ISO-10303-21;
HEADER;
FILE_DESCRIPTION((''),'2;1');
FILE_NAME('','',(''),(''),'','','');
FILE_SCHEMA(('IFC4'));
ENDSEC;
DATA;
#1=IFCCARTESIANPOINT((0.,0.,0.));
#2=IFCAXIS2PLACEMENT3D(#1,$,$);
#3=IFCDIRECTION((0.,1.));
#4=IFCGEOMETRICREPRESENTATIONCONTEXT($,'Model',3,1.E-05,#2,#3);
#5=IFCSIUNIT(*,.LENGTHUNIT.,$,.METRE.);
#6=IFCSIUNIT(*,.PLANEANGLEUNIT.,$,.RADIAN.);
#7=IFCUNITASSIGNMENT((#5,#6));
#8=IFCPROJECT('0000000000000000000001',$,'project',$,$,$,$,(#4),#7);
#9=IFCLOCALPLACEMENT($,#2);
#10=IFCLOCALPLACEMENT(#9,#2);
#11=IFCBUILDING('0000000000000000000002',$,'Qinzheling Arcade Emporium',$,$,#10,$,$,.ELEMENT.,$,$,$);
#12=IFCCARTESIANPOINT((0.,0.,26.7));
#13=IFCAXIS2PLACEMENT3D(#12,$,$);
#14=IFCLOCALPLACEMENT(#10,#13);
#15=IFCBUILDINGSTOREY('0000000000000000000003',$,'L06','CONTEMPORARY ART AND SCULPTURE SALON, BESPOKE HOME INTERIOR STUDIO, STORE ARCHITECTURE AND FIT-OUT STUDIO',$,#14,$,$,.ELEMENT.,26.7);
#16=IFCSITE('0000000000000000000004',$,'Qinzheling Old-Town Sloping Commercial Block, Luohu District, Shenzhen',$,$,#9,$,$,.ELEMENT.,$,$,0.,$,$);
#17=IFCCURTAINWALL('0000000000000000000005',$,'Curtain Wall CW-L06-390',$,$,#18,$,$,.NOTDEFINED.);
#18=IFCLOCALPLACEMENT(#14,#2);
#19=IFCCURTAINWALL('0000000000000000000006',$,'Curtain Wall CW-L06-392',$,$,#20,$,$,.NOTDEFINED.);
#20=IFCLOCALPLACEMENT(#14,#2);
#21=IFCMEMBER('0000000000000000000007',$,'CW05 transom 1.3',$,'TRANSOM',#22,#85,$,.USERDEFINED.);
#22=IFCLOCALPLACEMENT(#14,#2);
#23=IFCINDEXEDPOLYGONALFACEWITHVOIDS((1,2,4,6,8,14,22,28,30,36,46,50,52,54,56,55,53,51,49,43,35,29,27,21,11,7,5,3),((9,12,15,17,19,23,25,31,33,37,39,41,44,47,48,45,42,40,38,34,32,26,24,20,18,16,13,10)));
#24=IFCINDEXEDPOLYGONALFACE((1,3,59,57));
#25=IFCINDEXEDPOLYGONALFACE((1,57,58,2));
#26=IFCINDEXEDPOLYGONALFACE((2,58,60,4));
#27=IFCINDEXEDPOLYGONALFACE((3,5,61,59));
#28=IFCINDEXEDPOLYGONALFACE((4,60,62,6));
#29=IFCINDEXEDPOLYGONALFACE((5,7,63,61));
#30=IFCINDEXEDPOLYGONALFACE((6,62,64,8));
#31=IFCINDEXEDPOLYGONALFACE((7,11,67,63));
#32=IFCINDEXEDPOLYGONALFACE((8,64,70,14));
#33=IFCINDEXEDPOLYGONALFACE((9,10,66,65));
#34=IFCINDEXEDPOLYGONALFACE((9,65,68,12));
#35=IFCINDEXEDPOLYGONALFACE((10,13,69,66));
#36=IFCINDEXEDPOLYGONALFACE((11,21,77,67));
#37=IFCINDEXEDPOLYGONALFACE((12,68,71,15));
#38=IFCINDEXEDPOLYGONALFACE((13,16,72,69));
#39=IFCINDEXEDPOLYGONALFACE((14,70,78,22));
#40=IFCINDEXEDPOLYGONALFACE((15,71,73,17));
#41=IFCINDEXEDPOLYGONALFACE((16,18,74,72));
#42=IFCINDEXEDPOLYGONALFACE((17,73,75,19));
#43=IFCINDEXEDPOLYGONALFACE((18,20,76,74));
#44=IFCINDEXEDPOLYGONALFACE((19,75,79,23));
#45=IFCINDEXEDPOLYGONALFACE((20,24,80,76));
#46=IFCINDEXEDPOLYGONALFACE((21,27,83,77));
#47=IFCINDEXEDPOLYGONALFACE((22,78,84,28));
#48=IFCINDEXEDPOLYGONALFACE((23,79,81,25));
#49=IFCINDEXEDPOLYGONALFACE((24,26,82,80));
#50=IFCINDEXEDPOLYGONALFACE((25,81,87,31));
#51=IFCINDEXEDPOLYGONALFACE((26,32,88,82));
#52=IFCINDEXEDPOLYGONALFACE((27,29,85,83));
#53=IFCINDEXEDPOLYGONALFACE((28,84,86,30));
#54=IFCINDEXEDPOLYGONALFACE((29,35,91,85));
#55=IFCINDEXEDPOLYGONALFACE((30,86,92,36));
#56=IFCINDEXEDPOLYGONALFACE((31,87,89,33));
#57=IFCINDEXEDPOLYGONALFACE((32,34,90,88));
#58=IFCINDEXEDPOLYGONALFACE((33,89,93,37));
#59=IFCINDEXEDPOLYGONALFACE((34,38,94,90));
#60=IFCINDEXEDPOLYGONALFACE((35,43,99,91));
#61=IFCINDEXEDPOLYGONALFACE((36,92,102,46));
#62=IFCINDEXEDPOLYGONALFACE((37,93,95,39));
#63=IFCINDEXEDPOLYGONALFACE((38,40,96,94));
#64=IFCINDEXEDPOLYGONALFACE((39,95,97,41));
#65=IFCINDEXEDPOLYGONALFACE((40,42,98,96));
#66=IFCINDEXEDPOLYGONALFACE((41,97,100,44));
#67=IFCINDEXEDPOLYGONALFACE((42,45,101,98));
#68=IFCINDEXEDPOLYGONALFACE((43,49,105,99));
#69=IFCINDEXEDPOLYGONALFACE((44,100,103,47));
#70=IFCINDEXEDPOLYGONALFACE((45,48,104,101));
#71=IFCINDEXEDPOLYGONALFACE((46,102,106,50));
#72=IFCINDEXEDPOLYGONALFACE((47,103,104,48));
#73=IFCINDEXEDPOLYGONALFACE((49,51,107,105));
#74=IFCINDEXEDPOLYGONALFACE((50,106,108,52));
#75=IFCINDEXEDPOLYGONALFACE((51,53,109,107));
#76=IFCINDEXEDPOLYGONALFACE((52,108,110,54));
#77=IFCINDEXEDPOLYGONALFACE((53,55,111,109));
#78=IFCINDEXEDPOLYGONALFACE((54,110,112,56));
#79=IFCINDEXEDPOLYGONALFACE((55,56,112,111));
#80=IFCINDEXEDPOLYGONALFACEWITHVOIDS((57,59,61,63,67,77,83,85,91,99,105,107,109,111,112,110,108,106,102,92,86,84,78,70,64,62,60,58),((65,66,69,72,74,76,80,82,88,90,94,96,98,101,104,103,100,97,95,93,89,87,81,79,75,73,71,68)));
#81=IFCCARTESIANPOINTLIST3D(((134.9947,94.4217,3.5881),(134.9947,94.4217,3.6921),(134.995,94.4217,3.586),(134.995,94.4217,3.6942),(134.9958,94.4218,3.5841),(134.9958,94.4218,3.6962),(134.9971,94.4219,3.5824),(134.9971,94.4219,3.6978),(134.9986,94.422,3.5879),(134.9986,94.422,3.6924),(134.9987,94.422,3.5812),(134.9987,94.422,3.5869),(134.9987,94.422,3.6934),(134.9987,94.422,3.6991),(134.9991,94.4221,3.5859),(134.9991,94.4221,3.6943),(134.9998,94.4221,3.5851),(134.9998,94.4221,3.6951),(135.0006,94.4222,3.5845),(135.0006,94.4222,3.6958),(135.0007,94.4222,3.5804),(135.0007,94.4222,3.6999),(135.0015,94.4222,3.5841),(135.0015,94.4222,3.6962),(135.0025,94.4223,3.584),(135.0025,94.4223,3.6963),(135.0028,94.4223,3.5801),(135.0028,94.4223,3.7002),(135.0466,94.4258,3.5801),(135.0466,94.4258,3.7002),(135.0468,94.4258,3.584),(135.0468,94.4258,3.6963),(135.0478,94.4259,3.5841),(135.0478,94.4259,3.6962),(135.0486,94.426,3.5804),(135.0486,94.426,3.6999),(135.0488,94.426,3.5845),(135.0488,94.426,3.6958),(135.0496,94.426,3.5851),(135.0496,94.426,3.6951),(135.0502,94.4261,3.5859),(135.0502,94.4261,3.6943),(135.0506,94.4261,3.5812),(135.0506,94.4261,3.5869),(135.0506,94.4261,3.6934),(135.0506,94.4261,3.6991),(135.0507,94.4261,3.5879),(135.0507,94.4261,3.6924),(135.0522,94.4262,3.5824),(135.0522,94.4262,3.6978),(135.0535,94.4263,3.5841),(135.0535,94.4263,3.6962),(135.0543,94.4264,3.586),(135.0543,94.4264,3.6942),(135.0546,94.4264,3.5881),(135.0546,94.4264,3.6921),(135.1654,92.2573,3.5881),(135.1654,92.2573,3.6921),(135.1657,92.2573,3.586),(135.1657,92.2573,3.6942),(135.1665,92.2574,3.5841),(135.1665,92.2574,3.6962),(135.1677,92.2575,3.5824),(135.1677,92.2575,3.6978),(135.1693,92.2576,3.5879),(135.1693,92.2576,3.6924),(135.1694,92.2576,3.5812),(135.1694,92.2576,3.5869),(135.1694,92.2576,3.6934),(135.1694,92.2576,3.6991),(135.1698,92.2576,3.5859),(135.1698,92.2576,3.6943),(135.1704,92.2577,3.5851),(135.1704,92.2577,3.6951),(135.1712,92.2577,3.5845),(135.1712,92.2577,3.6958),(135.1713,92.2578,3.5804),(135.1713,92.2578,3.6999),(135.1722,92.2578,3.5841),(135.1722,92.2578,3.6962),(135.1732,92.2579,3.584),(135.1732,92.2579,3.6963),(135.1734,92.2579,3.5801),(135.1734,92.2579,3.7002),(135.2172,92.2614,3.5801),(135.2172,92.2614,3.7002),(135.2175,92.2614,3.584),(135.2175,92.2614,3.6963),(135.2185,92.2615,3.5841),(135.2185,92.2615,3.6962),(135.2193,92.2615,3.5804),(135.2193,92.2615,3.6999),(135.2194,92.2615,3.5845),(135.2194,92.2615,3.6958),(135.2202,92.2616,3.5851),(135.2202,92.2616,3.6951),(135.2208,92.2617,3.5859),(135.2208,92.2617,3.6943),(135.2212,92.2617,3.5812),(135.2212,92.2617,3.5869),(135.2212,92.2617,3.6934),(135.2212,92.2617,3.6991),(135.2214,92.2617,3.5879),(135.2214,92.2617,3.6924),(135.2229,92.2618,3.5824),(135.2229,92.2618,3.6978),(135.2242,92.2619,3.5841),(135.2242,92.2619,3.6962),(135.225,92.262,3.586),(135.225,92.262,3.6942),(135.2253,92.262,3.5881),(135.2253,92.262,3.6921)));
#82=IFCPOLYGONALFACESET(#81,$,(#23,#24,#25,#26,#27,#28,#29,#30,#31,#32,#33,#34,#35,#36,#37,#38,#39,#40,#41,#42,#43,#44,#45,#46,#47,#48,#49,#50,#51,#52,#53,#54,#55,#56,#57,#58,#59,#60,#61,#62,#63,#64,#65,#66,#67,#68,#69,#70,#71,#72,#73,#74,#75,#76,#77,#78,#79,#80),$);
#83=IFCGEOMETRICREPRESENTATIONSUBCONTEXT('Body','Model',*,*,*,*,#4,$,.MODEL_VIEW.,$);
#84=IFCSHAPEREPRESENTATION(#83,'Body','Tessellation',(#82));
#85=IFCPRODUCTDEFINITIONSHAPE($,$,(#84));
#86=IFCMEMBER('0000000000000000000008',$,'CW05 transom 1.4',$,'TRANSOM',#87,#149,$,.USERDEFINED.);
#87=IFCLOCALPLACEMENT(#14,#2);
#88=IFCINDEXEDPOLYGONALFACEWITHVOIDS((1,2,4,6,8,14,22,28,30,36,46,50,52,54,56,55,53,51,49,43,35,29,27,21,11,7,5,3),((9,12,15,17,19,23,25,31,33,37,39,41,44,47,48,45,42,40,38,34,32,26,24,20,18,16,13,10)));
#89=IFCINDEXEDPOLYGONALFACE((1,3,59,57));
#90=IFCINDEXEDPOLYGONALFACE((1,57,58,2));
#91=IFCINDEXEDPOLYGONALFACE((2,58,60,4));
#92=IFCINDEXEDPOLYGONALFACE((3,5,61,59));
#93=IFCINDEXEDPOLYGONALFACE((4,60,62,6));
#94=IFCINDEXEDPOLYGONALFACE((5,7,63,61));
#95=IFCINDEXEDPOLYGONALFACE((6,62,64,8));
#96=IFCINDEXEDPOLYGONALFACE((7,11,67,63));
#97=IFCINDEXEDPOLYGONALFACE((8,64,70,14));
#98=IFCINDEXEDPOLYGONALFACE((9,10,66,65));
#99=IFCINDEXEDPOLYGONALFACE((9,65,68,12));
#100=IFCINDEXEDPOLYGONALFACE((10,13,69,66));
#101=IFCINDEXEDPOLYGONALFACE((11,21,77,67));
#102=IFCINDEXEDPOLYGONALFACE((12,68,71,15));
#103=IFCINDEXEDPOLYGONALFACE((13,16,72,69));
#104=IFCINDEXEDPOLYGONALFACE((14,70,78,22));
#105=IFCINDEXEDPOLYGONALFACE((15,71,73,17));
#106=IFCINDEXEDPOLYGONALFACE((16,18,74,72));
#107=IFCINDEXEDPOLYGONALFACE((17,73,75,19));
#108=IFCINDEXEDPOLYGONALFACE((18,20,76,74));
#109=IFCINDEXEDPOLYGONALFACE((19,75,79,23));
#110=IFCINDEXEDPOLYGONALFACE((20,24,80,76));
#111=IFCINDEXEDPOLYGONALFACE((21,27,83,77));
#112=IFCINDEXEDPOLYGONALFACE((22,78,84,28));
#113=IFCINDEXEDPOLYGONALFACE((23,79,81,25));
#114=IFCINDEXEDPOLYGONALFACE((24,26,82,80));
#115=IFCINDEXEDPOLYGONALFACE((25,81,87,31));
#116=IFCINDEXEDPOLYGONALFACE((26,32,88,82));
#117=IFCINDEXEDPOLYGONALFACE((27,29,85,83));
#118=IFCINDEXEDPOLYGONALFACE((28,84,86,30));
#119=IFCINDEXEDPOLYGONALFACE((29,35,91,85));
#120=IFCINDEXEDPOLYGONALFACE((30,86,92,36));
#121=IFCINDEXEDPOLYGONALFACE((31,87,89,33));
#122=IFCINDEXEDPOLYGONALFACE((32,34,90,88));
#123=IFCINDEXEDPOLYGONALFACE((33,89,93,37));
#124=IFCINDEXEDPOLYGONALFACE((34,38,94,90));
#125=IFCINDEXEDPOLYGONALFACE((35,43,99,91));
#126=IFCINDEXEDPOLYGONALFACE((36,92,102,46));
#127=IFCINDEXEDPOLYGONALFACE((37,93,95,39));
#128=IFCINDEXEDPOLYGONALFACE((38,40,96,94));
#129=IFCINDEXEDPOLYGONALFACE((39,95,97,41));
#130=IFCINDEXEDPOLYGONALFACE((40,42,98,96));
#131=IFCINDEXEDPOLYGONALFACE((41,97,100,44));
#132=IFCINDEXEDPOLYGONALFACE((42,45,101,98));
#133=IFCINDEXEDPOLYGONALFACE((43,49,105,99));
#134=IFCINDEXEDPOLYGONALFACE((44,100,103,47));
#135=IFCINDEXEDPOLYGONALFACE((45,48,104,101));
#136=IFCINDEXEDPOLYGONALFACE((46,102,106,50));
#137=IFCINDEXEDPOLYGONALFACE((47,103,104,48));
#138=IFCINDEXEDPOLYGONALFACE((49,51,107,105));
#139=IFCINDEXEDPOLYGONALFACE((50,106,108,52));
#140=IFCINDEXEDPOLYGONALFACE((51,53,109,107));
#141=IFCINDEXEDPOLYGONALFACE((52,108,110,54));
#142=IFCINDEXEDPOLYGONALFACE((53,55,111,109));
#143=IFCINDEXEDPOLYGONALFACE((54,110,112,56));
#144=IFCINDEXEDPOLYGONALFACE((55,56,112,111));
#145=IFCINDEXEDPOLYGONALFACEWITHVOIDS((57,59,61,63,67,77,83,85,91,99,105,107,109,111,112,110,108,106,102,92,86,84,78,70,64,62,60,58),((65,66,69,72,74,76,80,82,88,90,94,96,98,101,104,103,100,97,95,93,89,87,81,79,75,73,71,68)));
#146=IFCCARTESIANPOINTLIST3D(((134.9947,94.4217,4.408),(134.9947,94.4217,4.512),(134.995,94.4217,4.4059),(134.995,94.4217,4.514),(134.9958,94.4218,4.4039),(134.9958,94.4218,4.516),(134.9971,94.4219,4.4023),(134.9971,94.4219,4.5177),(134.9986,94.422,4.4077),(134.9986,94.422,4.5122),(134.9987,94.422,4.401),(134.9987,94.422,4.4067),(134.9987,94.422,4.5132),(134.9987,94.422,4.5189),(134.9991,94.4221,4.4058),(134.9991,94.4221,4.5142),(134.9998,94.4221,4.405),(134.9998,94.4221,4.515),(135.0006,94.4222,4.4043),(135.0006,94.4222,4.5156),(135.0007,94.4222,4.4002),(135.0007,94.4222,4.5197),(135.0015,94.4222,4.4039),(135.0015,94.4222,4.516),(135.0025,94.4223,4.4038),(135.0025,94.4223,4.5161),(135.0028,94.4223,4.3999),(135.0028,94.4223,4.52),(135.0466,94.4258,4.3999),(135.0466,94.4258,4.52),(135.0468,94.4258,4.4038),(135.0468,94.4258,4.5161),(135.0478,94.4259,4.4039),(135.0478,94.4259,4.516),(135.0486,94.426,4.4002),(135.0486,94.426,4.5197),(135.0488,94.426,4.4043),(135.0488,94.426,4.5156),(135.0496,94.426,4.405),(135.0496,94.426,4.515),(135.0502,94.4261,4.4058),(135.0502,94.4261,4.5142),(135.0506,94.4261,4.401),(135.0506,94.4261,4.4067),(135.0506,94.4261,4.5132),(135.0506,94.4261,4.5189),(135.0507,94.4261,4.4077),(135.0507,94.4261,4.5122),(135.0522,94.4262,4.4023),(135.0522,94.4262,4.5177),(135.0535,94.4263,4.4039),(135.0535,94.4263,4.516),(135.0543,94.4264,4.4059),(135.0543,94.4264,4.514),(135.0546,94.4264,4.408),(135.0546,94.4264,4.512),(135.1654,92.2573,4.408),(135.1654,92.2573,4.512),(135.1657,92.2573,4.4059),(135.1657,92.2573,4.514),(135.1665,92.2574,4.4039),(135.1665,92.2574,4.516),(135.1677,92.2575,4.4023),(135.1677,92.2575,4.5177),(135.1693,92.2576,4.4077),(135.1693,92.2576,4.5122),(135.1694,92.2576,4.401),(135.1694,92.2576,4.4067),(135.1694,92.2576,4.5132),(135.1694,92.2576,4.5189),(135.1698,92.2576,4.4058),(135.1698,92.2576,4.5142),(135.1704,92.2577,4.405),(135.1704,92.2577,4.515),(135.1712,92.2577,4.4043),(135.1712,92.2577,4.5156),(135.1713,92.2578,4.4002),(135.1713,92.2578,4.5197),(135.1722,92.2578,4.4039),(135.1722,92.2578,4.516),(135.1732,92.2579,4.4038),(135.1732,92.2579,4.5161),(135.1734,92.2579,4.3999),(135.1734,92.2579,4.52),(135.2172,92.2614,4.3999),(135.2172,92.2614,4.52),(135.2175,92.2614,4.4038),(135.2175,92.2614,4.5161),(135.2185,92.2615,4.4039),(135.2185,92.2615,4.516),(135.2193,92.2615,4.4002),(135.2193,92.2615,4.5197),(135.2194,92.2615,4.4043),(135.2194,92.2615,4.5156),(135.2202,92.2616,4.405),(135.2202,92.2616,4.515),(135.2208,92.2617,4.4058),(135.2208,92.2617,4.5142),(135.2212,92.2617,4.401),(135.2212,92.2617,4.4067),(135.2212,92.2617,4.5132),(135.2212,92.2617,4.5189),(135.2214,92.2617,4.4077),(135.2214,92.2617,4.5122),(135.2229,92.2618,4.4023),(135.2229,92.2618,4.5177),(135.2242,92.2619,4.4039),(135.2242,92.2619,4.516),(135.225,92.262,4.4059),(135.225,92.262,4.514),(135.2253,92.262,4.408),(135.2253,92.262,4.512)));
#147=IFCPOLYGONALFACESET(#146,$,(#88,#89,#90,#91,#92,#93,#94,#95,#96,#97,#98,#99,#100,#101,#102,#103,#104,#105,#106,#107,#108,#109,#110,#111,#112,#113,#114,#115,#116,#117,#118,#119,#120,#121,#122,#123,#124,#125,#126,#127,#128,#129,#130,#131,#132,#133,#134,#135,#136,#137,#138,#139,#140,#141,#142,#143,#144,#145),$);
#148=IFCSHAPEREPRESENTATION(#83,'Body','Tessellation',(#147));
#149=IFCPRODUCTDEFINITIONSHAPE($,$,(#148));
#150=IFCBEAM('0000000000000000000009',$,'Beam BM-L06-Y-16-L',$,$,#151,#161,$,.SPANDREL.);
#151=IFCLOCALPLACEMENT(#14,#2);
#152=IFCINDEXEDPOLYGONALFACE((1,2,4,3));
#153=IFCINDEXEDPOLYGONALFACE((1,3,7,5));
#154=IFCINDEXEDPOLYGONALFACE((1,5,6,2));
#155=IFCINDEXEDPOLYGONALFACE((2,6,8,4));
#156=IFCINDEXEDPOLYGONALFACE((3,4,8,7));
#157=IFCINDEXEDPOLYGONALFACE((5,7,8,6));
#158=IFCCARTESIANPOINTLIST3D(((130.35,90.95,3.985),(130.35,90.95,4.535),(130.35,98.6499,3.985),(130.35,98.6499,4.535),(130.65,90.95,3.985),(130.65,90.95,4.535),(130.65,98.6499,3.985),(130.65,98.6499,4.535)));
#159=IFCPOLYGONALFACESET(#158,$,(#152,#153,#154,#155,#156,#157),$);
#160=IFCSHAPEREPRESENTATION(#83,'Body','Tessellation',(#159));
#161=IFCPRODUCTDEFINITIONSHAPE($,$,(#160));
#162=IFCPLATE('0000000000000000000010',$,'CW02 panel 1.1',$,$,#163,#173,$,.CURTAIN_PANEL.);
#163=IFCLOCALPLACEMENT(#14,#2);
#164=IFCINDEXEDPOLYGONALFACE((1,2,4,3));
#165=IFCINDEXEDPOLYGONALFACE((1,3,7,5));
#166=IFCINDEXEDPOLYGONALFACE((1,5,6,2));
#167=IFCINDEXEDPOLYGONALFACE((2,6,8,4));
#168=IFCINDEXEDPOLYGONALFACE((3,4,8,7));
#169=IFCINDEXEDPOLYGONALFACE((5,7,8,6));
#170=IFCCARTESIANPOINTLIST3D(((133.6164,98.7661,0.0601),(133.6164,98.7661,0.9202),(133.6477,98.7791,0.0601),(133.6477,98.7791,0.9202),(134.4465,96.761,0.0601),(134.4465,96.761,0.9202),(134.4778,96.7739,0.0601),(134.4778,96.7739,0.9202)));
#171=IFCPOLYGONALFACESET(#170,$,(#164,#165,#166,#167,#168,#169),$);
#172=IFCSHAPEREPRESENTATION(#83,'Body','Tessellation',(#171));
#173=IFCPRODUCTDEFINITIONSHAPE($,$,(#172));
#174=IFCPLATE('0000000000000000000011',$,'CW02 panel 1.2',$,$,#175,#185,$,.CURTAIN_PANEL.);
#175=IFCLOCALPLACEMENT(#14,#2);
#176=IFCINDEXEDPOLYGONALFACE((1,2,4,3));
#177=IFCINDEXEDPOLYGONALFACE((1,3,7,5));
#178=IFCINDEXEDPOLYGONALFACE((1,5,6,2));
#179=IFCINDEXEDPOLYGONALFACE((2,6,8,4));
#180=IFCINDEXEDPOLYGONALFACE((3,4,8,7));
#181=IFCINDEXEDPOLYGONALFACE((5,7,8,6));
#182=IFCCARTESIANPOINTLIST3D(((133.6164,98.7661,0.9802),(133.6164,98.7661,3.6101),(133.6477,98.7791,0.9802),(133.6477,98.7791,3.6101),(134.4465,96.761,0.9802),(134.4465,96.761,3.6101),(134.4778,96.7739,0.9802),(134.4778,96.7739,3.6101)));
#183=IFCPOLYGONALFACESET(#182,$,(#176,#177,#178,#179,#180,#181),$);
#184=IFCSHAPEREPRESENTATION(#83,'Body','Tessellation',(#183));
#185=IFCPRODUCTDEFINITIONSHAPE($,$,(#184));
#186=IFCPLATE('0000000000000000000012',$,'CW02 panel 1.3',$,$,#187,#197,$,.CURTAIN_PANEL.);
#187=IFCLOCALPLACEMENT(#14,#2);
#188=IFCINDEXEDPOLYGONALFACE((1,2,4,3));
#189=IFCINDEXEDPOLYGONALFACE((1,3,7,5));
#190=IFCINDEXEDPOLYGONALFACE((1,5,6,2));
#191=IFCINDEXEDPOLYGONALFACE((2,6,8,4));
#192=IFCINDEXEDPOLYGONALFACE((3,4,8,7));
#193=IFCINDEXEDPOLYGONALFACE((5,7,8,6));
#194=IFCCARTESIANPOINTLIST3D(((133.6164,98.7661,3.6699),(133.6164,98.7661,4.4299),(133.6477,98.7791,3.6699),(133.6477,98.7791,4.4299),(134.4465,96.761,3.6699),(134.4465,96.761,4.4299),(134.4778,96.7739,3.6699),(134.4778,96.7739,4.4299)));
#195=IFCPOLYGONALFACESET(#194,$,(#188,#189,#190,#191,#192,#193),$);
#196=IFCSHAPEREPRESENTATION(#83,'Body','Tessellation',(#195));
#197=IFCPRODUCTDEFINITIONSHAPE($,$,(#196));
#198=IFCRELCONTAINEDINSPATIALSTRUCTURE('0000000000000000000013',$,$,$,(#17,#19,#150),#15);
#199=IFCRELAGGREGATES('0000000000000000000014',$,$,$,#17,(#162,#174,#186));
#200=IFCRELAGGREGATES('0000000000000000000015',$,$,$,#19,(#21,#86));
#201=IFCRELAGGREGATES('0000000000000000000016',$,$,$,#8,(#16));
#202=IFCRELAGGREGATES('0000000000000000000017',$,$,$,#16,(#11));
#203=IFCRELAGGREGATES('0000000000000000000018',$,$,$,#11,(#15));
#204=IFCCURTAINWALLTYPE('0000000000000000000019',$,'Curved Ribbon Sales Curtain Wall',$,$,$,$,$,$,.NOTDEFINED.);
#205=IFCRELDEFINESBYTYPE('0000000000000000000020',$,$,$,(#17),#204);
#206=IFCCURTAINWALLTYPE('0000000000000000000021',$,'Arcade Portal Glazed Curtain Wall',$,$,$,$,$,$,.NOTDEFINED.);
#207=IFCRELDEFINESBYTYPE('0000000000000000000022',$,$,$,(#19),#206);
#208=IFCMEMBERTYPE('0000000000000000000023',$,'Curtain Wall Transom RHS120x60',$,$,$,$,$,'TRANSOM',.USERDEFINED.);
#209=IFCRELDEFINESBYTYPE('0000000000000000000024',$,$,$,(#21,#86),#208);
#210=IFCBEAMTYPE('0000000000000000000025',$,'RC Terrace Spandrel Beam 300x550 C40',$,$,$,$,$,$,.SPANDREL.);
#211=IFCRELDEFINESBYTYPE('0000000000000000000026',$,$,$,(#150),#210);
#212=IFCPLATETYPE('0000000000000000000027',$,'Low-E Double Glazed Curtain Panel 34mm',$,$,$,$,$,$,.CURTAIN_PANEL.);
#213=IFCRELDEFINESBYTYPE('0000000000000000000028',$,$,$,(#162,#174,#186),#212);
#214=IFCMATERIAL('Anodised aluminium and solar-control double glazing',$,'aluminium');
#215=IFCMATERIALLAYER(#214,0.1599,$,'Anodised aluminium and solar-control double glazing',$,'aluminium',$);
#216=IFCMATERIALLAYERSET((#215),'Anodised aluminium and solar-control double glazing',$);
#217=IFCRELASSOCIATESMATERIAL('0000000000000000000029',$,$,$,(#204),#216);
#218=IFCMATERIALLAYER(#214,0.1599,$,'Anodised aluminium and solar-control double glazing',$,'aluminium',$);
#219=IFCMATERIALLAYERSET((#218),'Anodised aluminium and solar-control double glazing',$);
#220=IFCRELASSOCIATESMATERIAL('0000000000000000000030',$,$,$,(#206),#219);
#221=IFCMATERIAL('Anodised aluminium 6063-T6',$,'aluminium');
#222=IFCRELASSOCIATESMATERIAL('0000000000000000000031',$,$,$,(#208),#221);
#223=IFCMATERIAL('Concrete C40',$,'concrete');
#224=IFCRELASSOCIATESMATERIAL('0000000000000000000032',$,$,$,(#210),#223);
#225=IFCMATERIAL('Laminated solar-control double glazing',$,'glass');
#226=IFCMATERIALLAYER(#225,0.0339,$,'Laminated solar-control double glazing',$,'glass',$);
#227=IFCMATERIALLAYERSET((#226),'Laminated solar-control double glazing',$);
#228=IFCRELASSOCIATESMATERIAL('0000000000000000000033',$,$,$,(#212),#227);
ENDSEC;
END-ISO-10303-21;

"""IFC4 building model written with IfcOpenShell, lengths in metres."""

from ifc_helpers import new_model, si_unit, direction, frame, origin, origin_2d, place, context, subcontext, project, spatial, rectangle, hollow_rectangle, extrude, material, layer, layer_set, material_profile, profile_set, type_object, element, aggregate, save


model = new_model("IFC4")

# Units and contexts
model_context = context("Model", 3, precision=1e-05, world=origin(), true_north=direction((0.0, 1.0)))
body_context = subcontext(model_context, "Body", "Model", "MODEL_VIEW")
ifc_project = project(units=[si_unit("LENGTHUNIT", "METRE"), si_unit("PLANEANGLEUNIT", "RADIAN")], contexts=[model_context])

# Site, building, storey
site_placement = place(None, origin())
site = spatial("IfcSite", under=ifc_project, at=site_placement, Name="Qinzheling Old-Town Sloping Commercial Block, Luohu District, Shenzhen", CompositionType="ELEMENT", RefElevation=0.0)
building_placement = place(site_placement, origin())
building = spatial("IfcBuilding", under=site, at=building_placement, Name="Qinzheling Arcade Emporium", CompositionType="ELEMENT")
storey_placement = place(building_placement, frame((0.0, 0.0, 26.7)))
storey = spatial("IfcBuildingStorey", under=building, at=storey_placement, Name="L06", Description="CONTEMPORARY ART AND SCULPTURE SALON, BESPOKE HOME INTERIOR STUDIO, STORE ARCHITECTURE AND FIT-OUT STUDIO", CompositionType="ELEMENT", Elevation=26.7)

# Curtain wall
ifc_material_1 = material(Name="Anodised aluminium and solar-control double glazing", Category="aluminium")
ifc_layer_1 = layer(ifc_material_1, 0.1599, Name="Anodised aluminium and solar-control double glazing", Category="aluminium")
ifc_layer_set_1 = layer_set([ifc_layer_1], Name="Anodised aluminium and solar-control double glazing")
curtain_wall_type_1 = type_object("IfcCurtainWallType", Name="Curved Ribbon Sales Curtain Wall", PredefinedType="NOTDEFINED", material=ifc_layer_set_1)
curtain_wall_1_placement = place(storey_placement, origin())
curtain_wall_1 = element("IfcCurtainWall", 1, at=curtain_wall_1_placement, inside=storey, type_object=curtain_wall_type_1, Name="Curtain Wall CW-L06-390", PredefinedType="NOTDEFINED")
ifc_material_2 = material(Name="Anodised aluminium 6063-T6", Category="aluminium")

# Curtain wall
ifc_layer_2 = layer(ifc_material_1, 0.1599, Name="Anodised aluminium and solar-control double glazing", Category="aluminium")
ifc_layer_set_2 = layer_set([ifc_layer_2], Name="Anodised aluminium and solar-control double glazing")
curtain_wall_type_2 = type_object("IfcCurtainWallType", Name="Arcade Portal Glazed Curtain Wall", PredefinedType="NOTDEFINED", material=ifc_layer_set_2)
curtain_wall_2_placement = place(storey_placement, origin())
curtain_wall_2 = element("IfcCurtainWall", 2, at=curtain_wall_2_placement, inside=storey, type_object=curtain_wall_type_2, Name="Curtain Wall CW-L06-392", PredefinedType="NOTDEFINED")

# Members
ifc_material_profile_1 = material_profile(ifc_material_2, hollow_rectangle(XDim=0.0601, YDim=0.1201, WallThickness=0.0039, InnerFilletRadius=0.0039, OuterFilletRadius=0.0081, at=origin_2d()), Name="RHS 120x60x4", Category="aluminium")
ifc_profile_set_1 = profile_set([ifc_material_profile_1], Name="Anodised aluminium 6063-T6")
member_type_1 = type_object("IfcMemberType", Name="Curtain Wall Transom RHS120x60", ElementType="TRANSOM", PredefinedType="USERDEFINED", material=ifc_profile_set_1)
member_1_placement = place(storey_placement, frame((135.0247, 94.4241, 3.6401), z_axis=(0.078605, -0.996906, 0.0), x_axis=(0.996906, 0.078605, 0.0)))
member_1 = element("IfcMember", 3, at=member_1_placement, type_object=member_type_1, Name="CW05 transom 1.3", ObjectType="TRANSOM", PredefinedType="USERDEFINED", context=body_context, shape_type="SweptSolid", body=[
    extrude(hollow_rectangle(XDim=0.0601, YDim=0.1201, WallThickness=0.0039, InnerFilletRadius=0.0039, OuterFilletRadius=0.0081, at=origin_2d()), origin(), (0.0, 0.0, 1.0), 2.1711),
])
member_2_placement = place(storey_placement, frame((135.0247, 94.4241, 4.46), z_axis=(0.078605, -0.996906, 0.0), x_axis=(0.996906, 0.078605, 0.0)))
member_2 = element("IfcMember", 4, at=member_2_placement, type_object=member_type_1, Name="CW05 transom 1.4", ObjectType="TRANSOM", PredefinedType="USERDEFINED", context=body_context, shape_type="SweptSolid", body=[
    extrude(hollow_rectangle(XDim=0.0601, YDim=0.1201, WallThickness=0.0039, InnerFilletRadius=0.0039, OuterFilletRadius=0.0081, at=origin_2d()), origin(), (0.0, 0.0, 1.0), 2.1711),
])

# Beam
ifc_material_3 = material(Name="Concrete C40", Category="concrete")
ifc_material_profile_2 = material_profile(ifc_material_3, rectangle(XDim=0.3, YDim=0.55, at=origin_2d()), Name="RC 300x550", Category="concrete")
ifc_profile_set_2 = profile_set([ifc_material_profile_2], Name="Concrete C40")
beam_type = type_object("IfcBeamType", Name="RC Terrace Spandrel Beam 300x550 C40", PredefinedType="SPANDREL", material=ifc_profile_set_2)
beam_placement = place(storey_placement, frame((130.5, 90.95, 4.26), z_axis=(0.0, 1.0, 0.0), x_axis=(-1.0, 0.0, 0.0)))
element("IfcBeam", 5, at=beam_placement, inside=storey, type_object=beam_type, Name="Beam BM-L06-Y-16-L", PredefinedType="SPANDREL", context=body_context, shape_type="SweptSolid", body=[
    extrude(rectangle(XDim=0.3, YDim=0.55, at=origin_2d()), origin(), (0.0, 0.0, 1.0), 7.7),
])

# Plates
ifc_material_4 = material(Name="Laminated solar-control double glazing", Category="glass")
ifc_layer_3 = layer(ifc_material_4, 0.0339, Name="Laminated solar-control double glazing", Category="glass")
ifc_layer_set_3 = layer_set([ifc_layer_3], Name="Laminated solar-control double glazing")
plate_type_1 = type_object("IfcPlateType", Name="Low-E Double Glazed Curtain Panel 34mm", PredefinedType="CURTAIN_PANEL", material=ifc_layer_set_3)
plate_1_placement = place(storey_placement, frame((134.0471, 97.77, 0.0601), z_axis=(0.0, 0.0, 1.0), x_axis=(0.382506, -0.923953, 0.0)))
plate_1 = element("IfcPlate", 6, at=plate_1_placement, type_object=plate_type_1, Name="CW02 panel 1.1", PredefinedType="CURTAIN_PANEL", context=body_context, shape_type="SweptSolid", body=[
    extrude(rectangle(XDim=2.1702, YDim=0.0339, at=origin_2d()), origin(), (0.0, 0.0, 1.0), 0.8601),
])
plate_2_placement = place(storey_placement, frame((134.0471, 97.77, 0.9802), z_axis=(0.0, 0.0, 1.0), x_axis=(0.382506, -0.923953, 0.0)))
plate_2 = element("IfcPlate", 7, at=plate_2_placement, type_object=plate_type_1, Name="CW02 panel 1.2", PredefinedType="CURTAIN_PANEL", context=body_context, shape_type="SweptSolid", body=[
    extrude(rectangle(XDim=2.1702, YDim=0.0339, at=origin_2d()), origin(), (0.0, 0.0, 1.0), 2.6299),
])
plate_3_placement = place(storey_placement, frame((134.0471, 97.77, 3.6699), z_axis=(0.0, 0.0, 1.0), x_axis=(0.382506, -0.923953, 0.0)))
plate_3 = element("IfcPlate", 8, at=plate_3_placement, type_object=plate_type_1, Name="CW02 panel 1.3", PredefinedType="CURTAIN_PANEL", context=body_context, shape_type="SweptSolid", body=[
    extrude(rectangle(XDim=2.1702, YDim=0.0339, at=origin_2d()), origin(), (0.0, 0.0, 1.0), 0.76),
])
aggregate(curtain_wall_1, [plate_1, plate_2, plate_3])
aggregate(curtain_wall_2, [member_1, member_2])

save(model, "model.ifc")
